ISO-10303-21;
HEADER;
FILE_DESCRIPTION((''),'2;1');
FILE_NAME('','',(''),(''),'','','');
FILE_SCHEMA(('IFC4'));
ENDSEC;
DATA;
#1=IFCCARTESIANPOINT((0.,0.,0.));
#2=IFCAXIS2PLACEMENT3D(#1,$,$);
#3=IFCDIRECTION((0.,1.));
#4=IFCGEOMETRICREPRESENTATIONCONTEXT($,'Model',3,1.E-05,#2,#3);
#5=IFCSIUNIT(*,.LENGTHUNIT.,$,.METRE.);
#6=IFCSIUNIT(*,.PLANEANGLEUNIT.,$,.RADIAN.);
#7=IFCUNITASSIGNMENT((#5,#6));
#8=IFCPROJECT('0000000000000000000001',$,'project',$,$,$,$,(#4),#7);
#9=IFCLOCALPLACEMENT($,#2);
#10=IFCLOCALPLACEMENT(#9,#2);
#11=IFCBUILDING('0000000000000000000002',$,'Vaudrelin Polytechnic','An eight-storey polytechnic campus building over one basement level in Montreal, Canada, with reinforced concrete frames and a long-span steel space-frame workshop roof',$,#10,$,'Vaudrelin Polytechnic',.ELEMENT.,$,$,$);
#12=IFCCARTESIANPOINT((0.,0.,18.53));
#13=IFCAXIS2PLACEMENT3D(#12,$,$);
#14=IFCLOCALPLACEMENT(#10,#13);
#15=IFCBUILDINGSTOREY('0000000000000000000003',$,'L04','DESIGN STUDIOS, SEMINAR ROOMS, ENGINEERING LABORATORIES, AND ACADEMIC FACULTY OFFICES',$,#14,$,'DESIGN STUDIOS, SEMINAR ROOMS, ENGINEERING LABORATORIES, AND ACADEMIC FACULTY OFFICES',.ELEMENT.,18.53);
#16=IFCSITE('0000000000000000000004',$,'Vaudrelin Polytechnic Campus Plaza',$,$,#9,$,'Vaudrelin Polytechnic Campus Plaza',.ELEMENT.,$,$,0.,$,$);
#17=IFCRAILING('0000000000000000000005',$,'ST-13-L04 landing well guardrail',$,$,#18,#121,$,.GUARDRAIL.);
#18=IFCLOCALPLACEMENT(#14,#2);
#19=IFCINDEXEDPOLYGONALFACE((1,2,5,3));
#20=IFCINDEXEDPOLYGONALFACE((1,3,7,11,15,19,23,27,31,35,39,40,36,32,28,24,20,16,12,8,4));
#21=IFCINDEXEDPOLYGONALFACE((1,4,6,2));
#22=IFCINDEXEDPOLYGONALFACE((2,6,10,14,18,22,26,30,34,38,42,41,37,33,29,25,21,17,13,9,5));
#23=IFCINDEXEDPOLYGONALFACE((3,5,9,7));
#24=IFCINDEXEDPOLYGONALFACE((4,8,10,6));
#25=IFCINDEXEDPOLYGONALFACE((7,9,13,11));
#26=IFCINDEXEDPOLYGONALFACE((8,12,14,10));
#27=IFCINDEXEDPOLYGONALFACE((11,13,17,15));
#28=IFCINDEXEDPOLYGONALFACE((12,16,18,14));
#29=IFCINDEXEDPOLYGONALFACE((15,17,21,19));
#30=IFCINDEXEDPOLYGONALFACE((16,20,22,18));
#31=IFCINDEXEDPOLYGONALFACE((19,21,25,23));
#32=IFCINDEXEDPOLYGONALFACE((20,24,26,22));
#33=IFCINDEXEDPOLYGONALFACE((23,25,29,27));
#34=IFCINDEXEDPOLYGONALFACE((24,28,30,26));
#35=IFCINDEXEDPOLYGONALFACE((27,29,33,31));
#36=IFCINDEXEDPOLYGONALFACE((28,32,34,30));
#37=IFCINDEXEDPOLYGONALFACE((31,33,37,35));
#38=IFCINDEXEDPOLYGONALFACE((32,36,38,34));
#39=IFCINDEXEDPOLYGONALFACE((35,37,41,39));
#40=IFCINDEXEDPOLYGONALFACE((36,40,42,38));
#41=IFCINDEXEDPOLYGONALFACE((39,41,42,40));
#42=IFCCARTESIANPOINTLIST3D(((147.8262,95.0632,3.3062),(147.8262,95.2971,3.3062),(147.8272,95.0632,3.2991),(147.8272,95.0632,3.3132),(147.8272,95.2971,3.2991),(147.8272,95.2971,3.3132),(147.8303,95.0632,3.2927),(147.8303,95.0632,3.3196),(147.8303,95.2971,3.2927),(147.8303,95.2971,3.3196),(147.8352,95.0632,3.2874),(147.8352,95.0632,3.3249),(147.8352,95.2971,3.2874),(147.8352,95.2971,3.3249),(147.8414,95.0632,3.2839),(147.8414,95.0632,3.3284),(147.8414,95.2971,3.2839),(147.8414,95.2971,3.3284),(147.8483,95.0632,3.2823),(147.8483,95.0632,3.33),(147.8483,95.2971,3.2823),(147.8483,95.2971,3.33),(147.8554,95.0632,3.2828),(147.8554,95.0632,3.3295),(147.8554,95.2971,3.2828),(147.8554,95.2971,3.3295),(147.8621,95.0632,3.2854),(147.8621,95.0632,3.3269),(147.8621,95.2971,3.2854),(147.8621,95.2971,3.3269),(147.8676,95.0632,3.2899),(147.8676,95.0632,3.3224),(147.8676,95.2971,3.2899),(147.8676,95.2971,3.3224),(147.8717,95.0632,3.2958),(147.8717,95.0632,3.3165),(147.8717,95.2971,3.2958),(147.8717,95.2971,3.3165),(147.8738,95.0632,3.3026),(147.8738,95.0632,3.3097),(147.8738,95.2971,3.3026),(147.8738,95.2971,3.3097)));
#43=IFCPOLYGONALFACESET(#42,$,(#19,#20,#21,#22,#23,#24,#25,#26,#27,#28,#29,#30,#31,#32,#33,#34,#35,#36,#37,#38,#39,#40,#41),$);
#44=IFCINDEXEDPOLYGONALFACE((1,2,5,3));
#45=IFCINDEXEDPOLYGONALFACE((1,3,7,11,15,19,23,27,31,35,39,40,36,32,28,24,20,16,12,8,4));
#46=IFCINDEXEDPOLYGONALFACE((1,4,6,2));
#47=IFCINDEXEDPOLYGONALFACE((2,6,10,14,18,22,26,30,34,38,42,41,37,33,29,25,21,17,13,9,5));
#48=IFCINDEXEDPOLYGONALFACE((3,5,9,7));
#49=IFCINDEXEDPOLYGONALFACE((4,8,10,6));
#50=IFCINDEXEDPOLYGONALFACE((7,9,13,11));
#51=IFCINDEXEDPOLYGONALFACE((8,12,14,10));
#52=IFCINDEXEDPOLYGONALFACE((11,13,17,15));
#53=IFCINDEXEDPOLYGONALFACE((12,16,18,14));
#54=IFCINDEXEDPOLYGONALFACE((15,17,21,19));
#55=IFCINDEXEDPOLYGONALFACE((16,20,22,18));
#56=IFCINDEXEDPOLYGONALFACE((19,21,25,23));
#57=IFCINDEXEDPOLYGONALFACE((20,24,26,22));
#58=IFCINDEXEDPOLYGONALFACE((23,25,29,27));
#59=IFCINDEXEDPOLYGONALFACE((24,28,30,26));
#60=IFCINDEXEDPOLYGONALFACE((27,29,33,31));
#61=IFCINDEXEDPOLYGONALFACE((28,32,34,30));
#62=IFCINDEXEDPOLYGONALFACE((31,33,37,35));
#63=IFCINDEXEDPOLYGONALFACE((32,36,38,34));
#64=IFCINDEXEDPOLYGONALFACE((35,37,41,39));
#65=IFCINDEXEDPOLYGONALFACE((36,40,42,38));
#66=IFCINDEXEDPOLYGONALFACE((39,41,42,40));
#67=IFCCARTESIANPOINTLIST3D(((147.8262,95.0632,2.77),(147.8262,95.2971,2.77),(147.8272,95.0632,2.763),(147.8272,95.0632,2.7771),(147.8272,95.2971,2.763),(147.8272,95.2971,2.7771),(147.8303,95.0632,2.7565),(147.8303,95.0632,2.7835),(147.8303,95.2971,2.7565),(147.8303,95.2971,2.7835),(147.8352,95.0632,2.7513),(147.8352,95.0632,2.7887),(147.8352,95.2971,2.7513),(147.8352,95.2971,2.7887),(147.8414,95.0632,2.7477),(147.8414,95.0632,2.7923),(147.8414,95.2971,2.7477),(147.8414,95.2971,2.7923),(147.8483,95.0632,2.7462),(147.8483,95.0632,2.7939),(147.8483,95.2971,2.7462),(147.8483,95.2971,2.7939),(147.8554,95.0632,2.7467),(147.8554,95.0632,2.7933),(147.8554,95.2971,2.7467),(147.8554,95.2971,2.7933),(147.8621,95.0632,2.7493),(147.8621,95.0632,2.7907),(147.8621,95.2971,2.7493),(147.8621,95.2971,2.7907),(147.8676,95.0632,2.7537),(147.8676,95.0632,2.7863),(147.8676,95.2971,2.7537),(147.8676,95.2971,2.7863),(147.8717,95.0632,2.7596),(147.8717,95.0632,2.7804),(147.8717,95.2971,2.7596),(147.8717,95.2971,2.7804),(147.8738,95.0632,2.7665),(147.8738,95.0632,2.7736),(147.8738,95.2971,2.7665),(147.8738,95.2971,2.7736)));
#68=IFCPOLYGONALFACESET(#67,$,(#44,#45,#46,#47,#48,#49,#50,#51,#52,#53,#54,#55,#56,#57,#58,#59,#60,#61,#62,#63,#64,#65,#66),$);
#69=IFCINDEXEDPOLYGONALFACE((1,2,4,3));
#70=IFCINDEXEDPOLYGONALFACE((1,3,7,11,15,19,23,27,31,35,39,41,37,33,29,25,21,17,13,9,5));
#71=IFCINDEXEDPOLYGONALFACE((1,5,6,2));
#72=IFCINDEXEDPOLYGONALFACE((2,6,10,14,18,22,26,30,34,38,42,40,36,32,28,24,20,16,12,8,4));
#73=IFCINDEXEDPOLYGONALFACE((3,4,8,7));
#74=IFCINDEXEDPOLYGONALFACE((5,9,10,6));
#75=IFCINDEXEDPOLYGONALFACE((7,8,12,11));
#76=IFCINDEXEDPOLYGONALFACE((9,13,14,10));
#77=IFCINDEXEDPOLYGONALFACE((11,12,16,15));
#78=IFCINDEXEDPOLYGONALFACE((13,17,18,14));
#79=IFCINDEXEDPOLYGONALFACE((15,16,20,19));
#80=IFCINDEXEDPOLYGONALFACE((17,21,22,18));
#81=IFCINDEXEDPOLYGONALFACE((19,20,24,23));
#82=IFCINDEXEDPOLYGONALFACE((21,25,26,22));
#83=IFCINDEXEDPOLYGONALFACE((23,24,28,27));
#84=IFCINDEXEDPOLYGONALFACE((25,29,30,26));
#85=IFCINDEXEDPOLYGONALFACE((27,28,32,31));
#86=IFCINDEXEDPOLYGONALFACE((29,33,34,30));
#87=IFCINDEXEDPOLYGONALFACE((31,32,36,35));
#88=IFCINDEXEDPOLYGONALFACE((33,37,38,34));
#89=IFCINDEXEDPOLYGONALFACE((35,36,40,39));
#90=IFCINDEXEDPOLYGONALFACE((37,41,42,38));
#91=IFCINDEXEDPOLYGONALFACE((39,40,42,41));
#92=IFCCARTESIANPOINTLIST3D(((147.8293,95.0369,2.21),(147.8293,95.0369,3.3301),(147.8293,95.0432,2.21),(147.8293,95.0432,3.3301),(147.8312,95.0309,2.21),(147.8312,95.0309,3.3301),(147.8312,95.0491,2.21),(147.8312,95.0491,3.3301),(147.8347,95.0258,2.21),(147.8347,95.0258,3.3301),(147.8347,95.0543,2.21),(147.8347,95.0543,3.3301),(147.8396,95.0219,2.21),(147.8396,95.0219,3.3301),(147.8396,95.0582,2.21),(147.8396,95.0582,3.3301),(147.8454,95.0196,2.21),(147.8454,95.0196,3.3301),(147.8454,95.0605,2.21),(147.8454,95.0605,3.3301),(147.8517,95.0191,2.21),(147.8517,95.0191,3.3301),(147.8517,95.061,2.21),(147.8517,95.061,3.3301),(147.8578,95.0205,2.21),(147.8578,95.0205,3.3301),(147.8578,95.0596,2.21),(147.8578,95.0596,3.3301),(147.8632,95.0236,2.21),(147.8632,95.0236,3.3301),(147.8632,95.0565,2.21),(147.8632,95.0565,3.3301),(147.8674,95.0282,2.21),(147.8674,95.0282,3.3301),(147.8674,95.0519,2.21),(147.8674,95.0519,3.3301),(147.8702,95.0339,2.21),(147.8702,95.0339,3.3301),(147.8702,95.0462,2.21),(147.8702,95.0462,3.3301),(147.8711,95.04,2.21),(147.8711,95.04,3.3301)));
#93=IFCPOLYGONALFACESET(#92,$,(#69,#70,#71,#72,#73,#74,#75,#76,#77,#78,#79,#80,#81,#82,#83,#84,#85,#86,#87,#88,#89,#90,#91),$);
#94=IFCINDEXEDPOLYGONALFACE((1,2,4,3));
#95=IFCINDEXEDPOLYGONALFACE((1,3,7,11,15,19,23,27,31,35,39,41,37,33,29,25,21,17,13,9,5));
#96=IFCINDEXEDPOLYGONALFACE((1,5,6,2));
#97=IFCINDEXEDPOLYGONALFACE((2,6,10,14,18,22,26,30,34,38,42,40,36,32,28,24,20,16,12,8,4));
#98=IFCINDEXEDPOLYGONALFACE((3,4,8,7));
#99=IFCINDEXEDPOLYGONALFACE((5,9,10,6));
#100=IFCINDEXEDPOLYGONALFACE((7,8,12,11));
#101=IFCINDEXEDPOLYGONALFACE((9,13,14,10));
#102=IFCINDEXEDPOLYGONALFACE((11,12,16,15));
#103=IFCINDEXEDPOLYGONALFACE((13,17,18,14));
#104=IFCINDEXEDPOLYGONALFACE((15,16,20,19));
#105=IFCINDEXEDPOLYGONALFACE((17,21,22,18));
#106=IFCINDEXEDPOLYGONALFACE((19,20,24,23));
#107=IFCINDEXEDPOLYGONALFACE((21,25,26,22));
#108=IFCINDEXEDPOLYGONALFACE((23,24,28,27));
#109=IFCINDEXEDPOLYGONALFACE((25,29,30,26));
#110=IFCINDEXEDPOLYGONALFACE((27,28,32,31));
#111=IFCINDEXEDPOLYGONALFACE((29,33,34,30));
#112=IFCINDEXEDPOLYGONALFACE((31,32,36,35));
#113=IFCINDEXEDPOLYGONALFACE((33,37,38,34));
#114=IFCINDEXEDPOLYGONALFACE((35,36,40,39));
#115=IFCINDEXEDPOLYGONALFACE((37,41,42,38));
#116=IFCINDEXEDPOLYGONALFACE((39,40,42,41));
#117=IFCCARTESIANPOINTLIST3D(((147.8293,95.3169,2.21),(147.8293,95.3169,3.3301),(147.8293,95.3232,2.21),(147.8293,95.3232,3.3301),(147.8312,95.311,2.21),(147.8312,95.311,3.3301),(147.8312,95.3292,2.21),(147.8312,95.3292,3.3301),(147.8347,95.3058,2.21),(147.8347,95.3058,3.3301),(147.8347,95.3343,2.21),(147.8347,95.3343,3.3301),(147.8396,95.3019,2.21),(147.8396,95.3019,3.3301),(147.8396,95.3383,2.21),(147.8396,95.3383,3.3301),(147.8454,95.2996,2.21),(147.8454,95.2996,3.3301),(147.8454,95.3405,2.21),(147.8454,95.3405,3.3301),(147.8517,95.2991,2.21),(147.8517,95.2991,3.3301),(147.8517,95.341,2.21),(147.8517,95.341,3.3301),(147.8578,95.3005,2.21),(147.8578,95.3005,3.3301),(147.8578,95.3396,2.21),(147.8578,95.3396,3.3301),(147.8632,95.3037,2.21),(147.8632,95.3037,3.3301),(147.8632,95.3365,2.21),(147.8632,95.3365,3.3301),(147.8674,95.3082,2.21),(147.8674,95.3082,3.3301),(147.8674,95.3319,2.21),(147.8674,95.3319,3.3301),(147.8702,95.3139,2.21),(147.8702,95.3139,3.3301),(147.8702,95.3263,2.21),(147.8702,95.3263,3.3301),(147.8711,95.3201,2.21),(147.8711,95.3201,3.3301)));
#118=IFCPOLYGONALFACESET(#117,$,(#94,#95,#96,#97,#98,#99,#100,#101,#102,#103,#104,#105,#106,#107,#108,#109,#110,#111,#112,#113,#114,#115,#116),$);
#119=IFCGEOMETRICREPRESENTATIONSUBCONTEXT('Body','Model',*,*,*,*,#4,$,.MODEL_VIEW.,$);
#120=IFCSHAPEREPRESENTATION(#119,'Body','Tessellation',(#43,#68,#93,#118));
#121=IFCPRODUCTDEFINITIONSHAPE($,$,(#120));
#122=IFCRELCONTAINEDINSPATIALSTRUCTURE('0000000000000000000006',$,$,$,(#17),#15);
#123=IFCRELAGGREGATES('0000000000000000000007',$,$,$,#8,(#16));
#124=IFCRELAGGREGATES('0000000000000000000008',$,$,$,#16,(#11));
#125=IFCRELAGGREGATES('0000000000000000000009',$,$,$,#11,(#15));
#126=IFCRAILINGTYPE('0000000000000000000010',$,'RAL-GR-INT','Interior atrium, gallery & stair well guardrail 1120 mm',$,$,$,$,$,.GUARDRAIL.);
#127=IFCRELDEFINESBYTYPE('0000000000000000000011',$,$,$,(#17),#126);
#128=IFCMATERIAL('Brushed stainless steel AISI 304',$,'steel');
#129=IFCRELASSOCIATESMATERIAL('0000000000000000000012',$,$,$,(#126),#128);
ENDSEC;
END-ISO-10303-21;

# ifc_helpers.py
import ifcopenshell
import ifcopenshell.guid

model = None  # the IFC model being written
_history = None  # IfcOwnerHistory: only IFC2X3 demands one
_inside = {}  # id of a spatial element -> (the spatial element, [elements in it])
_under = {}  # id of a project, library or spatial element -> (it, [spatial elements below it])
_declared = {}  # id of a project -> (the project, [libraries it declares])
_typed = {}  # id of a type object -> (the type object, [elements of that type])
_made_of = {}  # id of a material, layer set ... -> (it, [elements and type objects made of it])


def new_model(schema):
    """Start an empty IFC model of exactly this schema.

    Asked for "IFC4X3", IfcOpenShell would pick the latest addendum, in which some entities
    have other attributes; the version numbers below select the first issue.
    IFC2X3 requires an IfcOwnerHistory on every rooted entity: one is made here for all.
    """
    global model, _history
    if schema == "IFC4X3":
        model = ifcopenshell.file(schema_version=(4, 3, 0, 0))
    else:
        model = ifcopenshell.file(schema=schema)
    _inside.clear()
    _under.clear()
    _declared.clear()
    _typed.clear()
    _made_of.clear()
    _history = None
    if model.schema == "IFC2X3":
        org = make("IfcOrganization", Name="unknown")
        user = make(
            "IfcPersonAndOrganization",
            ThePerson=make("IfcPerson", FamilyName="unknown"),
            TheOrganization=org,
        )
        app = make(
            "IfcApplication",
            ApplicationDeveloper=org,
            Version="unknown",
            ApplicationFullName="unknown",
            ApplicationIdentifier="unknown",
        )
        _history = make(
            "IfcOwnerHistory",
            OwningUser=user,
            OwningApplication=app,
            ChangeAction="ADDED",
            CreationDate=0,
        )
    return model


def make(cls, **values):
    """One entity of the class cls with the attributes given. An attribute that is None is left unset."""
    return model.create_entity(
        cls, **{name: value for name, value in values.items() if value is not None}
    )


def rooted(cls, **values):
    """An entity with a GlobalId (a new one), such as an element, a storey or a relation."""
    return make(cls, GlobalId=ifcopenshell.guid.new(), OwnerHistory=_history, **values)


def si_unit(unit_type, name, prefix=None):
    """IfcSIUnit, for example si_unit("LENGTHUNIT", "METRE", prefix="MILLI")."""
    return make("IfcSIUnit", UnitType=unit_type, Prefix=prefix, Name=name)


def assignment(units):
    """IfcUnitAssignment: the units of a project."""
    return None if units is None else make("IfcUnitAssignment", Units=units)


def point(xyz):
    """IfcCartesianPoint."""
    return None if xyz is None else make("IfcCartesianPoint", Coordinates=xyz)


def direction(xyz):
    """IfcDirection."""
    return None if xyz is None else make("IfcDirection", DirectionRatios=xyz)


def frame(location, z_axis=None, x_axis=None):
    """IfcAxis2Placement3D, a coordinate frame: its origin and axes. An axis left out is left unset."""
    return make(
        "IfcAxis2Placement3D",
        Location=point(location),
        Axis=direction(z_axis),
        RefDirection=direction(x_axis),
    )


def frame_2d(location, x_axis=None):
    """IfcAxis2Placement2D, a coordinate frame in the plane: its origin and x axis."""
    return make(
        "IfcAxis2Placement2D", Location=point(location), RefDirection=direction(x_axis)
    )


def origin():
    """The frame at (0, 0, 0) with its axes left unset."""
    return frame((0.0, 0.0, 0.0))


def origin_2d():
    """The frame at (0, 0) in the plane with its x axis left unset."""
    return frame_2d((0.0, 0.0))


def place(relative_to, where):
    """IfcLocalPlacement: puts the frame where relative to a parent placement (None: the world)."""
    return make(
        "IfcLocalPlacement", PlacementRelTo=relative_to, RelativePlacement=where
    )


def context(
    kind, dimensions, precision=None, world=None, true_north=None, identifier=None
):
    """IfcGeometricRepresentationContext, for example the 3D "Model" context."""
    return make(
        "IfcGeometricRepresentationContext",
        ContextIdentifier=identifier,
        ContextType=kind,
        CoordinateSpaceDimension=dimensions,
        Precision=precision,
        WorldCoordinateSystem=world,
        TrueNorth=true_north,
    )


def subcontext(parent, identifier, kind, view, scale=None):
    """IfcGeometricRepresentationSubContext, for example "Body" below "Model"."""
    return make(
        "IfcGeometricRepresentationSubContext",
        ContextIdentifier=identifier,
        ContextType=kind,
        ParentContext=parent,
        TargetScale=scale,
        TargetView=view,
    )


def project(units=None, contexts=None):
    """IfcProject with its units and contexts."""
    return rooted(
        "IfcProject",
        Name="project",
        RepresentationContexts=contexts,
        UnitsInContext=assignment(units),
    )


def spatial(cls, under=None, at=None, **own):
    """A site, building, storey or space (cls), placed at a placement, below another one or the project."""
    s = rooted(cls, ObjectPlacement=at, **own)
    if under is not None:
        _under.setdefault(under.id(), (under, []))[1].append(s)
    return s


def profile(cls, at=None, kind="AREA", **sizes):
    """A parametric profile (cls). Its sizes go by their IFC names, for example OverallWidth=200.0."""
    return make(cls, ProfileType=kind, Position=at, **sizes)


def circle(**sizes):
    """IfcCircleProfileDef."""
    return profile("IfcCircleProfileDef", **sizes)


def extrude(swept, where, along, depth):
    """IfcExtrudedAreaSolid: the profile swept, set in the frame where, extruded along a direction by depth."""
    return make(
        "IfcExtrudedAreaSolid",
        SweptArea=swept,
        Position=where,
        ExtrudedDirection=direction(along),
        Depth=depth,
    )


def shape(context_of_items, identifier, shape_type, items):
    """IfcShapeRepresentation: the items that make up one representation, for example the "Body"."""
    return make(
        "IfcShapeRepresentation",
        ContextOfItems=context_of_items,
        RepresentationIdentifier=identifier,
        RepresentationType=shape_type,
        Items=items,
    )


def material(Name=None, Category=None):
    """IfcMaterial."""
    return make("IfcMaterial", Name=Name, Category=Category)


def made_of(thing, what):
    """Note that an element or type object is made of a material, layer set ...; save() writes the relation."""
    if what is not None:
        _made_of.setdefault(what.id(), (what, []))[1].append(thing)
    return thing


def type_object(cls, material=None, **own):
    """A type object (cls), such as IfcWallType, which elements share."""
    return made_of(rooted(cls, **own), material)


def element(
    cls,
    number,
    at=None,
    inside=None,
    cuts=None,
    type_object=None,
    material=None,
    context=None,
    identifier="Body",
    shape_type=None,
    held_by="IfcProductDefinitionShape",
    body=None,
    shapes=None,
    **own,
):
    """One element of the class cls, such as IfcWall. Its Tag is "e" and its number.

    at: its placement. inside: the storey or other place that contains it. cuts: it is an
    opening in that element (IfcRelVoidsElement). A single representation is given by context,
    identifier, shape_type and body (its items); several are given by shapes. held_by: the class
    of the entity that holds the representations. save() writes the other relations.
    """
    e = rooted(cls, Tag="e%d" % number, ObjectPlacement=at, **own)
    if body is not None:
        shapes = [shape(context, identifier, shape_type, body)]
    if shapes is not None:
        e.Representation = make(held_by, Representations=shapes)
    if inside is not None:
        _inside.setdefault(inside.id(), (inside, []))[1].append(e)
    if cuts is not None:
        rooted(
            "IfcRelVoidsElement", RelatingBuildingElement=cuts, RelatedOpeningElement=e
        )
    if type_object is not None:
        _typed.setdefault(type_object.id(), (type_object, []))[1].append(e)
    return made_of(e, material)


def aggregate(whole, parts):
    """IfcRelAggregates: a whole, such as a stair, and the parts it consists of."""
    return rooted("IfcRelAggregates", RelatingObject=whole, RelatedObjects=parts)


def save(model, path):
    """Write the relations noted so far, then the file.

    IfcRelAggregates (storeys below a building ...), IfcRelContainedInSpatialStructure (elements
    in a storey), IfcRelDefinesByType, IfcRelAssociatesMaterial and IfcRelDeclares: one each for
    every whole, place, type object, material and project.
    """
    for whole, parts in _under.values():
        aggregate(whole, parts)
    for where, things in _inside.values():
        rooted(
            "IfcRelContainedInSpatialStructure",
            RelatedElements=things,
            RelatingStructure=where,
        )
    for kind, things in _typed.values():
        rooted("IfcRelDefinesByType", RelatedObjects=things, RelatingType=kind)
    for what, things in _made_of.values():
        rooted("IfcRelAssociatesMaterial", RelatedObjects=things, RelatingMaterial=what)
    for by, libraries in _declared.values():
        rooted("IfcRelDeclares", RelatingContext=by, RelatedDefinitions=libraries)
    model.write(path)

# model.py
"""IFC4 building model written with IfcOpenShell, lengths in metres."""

from ifc_helpers import new_model, si_unit, direction, frame, origin, origin_2d, place, context, subcontext, project, spatial, circle, extrude, material, type_object, element, save


model = new_model("IFC4")

# Units and contexts
model_context = context("Model", 3, precision=1e-05, world=origin(), true_north=direction((0.0, 1.0)))
body_context = subcontext(model_context, "Body", "Model", "MODEL_VIEW")
ifc_project = project(units=[si_unit("LENGTHUNIT", "METRE"), si_unit("PLANEANGLEUNIT", "RADIAN")], contexts=[model_context])

# Site, building, storey
site_placement = place(None, origin())
site = spatial("IfcSite", under=ifc_project, at=site_placement, Name="Vaudrelin Polytechnic Campus Plaza", LongName="Vaudrelin Polytechnic Campus Plaza", CompositionType="ELEMENT", RefElevation=0.0)
building_placement = place(site_placement, origin())
building = spatial("IfcBuilding", under=site, at=building_placement, Name="Vaudrelin Polytechnic", Description="An eight-storey polytechnic campus building over one basement level in Montreal, Canada, with reinforced concrete frames and a long-span steel space-frame workshop roof", LongName="Vaudrelin Polytechnic", CompositionType="ELEMENT")
storey_placement = place(building_placement, frame((0.0, 0.0, 18.53)))
storey = spatial("IfcBuildingStorey", under=building, at=storey_placement, Name="L04", Description="DESIGN STUDIOS, SEMINAR ROOMS, ENGINEERING LABORATORIES, AND ACADEMIC FACULTY OFFICES", LongName="DESIGN STUDIOS, SEMINAR ROOMS, ENGINEERING LABORATORIES, AND ACADEMIC FACULTY OFFICES", CompositionType="ELEMENT", Elevation=18.53)

# Railing
ifc_material_1 = material(Name="Brushed stainless steel AISI 304", Category="steel")
railing_type_1 = type_object("IfcRailingType", Name="RAL-GR-INT", Description="Interior atrium, gallery & stair well guardrail 1120 mm", PredefinedType="GUARDRAIL", material=ifc_material_1)
railing_1_placement = place(storey_placement, frame((147.8501, 95.04, 2.21)))
element("IfcRailing", 1, at=railing_1_placement, inside=storey, type_object=railing_type_1, Name="ST-13-L04 landing well guardrail", PredefinedType="GUARDRAIL", context=body_context, shape_type="SweptSolid", body=[
    extrude(circle(Radius=0.0239, at=origin_2d()), frame((0.0, 0.0232, 1.0962), z_axis=(0.0, 1.0, 0.0), x_axis=(-1.0, 0.0, 0.0)), (0.0, 0.0, 1.0), 0.2339),
    extrude(circle(Radius=0.0239, at=origin_2d()), frame((0.0, 0.0232, 0.5601), z_axis=(0.0, 1.0, 0.0), x_axis=(-1.0, 0.0, 0.0)), (0.0, 0.0, 1.0), 0.2339),
    extrude(circle(Radius=0.021, at=origin_2d()), origin(), (0.0, 0.0, 1.0), 1.1201),
    extrude(circle(Radius=0.021, at=origin_2d()), frame((0.0, 0.28, 0.0)), (0.0, 0.0, 1.0), 1.1201),
])

save(model, "model.ifc")
